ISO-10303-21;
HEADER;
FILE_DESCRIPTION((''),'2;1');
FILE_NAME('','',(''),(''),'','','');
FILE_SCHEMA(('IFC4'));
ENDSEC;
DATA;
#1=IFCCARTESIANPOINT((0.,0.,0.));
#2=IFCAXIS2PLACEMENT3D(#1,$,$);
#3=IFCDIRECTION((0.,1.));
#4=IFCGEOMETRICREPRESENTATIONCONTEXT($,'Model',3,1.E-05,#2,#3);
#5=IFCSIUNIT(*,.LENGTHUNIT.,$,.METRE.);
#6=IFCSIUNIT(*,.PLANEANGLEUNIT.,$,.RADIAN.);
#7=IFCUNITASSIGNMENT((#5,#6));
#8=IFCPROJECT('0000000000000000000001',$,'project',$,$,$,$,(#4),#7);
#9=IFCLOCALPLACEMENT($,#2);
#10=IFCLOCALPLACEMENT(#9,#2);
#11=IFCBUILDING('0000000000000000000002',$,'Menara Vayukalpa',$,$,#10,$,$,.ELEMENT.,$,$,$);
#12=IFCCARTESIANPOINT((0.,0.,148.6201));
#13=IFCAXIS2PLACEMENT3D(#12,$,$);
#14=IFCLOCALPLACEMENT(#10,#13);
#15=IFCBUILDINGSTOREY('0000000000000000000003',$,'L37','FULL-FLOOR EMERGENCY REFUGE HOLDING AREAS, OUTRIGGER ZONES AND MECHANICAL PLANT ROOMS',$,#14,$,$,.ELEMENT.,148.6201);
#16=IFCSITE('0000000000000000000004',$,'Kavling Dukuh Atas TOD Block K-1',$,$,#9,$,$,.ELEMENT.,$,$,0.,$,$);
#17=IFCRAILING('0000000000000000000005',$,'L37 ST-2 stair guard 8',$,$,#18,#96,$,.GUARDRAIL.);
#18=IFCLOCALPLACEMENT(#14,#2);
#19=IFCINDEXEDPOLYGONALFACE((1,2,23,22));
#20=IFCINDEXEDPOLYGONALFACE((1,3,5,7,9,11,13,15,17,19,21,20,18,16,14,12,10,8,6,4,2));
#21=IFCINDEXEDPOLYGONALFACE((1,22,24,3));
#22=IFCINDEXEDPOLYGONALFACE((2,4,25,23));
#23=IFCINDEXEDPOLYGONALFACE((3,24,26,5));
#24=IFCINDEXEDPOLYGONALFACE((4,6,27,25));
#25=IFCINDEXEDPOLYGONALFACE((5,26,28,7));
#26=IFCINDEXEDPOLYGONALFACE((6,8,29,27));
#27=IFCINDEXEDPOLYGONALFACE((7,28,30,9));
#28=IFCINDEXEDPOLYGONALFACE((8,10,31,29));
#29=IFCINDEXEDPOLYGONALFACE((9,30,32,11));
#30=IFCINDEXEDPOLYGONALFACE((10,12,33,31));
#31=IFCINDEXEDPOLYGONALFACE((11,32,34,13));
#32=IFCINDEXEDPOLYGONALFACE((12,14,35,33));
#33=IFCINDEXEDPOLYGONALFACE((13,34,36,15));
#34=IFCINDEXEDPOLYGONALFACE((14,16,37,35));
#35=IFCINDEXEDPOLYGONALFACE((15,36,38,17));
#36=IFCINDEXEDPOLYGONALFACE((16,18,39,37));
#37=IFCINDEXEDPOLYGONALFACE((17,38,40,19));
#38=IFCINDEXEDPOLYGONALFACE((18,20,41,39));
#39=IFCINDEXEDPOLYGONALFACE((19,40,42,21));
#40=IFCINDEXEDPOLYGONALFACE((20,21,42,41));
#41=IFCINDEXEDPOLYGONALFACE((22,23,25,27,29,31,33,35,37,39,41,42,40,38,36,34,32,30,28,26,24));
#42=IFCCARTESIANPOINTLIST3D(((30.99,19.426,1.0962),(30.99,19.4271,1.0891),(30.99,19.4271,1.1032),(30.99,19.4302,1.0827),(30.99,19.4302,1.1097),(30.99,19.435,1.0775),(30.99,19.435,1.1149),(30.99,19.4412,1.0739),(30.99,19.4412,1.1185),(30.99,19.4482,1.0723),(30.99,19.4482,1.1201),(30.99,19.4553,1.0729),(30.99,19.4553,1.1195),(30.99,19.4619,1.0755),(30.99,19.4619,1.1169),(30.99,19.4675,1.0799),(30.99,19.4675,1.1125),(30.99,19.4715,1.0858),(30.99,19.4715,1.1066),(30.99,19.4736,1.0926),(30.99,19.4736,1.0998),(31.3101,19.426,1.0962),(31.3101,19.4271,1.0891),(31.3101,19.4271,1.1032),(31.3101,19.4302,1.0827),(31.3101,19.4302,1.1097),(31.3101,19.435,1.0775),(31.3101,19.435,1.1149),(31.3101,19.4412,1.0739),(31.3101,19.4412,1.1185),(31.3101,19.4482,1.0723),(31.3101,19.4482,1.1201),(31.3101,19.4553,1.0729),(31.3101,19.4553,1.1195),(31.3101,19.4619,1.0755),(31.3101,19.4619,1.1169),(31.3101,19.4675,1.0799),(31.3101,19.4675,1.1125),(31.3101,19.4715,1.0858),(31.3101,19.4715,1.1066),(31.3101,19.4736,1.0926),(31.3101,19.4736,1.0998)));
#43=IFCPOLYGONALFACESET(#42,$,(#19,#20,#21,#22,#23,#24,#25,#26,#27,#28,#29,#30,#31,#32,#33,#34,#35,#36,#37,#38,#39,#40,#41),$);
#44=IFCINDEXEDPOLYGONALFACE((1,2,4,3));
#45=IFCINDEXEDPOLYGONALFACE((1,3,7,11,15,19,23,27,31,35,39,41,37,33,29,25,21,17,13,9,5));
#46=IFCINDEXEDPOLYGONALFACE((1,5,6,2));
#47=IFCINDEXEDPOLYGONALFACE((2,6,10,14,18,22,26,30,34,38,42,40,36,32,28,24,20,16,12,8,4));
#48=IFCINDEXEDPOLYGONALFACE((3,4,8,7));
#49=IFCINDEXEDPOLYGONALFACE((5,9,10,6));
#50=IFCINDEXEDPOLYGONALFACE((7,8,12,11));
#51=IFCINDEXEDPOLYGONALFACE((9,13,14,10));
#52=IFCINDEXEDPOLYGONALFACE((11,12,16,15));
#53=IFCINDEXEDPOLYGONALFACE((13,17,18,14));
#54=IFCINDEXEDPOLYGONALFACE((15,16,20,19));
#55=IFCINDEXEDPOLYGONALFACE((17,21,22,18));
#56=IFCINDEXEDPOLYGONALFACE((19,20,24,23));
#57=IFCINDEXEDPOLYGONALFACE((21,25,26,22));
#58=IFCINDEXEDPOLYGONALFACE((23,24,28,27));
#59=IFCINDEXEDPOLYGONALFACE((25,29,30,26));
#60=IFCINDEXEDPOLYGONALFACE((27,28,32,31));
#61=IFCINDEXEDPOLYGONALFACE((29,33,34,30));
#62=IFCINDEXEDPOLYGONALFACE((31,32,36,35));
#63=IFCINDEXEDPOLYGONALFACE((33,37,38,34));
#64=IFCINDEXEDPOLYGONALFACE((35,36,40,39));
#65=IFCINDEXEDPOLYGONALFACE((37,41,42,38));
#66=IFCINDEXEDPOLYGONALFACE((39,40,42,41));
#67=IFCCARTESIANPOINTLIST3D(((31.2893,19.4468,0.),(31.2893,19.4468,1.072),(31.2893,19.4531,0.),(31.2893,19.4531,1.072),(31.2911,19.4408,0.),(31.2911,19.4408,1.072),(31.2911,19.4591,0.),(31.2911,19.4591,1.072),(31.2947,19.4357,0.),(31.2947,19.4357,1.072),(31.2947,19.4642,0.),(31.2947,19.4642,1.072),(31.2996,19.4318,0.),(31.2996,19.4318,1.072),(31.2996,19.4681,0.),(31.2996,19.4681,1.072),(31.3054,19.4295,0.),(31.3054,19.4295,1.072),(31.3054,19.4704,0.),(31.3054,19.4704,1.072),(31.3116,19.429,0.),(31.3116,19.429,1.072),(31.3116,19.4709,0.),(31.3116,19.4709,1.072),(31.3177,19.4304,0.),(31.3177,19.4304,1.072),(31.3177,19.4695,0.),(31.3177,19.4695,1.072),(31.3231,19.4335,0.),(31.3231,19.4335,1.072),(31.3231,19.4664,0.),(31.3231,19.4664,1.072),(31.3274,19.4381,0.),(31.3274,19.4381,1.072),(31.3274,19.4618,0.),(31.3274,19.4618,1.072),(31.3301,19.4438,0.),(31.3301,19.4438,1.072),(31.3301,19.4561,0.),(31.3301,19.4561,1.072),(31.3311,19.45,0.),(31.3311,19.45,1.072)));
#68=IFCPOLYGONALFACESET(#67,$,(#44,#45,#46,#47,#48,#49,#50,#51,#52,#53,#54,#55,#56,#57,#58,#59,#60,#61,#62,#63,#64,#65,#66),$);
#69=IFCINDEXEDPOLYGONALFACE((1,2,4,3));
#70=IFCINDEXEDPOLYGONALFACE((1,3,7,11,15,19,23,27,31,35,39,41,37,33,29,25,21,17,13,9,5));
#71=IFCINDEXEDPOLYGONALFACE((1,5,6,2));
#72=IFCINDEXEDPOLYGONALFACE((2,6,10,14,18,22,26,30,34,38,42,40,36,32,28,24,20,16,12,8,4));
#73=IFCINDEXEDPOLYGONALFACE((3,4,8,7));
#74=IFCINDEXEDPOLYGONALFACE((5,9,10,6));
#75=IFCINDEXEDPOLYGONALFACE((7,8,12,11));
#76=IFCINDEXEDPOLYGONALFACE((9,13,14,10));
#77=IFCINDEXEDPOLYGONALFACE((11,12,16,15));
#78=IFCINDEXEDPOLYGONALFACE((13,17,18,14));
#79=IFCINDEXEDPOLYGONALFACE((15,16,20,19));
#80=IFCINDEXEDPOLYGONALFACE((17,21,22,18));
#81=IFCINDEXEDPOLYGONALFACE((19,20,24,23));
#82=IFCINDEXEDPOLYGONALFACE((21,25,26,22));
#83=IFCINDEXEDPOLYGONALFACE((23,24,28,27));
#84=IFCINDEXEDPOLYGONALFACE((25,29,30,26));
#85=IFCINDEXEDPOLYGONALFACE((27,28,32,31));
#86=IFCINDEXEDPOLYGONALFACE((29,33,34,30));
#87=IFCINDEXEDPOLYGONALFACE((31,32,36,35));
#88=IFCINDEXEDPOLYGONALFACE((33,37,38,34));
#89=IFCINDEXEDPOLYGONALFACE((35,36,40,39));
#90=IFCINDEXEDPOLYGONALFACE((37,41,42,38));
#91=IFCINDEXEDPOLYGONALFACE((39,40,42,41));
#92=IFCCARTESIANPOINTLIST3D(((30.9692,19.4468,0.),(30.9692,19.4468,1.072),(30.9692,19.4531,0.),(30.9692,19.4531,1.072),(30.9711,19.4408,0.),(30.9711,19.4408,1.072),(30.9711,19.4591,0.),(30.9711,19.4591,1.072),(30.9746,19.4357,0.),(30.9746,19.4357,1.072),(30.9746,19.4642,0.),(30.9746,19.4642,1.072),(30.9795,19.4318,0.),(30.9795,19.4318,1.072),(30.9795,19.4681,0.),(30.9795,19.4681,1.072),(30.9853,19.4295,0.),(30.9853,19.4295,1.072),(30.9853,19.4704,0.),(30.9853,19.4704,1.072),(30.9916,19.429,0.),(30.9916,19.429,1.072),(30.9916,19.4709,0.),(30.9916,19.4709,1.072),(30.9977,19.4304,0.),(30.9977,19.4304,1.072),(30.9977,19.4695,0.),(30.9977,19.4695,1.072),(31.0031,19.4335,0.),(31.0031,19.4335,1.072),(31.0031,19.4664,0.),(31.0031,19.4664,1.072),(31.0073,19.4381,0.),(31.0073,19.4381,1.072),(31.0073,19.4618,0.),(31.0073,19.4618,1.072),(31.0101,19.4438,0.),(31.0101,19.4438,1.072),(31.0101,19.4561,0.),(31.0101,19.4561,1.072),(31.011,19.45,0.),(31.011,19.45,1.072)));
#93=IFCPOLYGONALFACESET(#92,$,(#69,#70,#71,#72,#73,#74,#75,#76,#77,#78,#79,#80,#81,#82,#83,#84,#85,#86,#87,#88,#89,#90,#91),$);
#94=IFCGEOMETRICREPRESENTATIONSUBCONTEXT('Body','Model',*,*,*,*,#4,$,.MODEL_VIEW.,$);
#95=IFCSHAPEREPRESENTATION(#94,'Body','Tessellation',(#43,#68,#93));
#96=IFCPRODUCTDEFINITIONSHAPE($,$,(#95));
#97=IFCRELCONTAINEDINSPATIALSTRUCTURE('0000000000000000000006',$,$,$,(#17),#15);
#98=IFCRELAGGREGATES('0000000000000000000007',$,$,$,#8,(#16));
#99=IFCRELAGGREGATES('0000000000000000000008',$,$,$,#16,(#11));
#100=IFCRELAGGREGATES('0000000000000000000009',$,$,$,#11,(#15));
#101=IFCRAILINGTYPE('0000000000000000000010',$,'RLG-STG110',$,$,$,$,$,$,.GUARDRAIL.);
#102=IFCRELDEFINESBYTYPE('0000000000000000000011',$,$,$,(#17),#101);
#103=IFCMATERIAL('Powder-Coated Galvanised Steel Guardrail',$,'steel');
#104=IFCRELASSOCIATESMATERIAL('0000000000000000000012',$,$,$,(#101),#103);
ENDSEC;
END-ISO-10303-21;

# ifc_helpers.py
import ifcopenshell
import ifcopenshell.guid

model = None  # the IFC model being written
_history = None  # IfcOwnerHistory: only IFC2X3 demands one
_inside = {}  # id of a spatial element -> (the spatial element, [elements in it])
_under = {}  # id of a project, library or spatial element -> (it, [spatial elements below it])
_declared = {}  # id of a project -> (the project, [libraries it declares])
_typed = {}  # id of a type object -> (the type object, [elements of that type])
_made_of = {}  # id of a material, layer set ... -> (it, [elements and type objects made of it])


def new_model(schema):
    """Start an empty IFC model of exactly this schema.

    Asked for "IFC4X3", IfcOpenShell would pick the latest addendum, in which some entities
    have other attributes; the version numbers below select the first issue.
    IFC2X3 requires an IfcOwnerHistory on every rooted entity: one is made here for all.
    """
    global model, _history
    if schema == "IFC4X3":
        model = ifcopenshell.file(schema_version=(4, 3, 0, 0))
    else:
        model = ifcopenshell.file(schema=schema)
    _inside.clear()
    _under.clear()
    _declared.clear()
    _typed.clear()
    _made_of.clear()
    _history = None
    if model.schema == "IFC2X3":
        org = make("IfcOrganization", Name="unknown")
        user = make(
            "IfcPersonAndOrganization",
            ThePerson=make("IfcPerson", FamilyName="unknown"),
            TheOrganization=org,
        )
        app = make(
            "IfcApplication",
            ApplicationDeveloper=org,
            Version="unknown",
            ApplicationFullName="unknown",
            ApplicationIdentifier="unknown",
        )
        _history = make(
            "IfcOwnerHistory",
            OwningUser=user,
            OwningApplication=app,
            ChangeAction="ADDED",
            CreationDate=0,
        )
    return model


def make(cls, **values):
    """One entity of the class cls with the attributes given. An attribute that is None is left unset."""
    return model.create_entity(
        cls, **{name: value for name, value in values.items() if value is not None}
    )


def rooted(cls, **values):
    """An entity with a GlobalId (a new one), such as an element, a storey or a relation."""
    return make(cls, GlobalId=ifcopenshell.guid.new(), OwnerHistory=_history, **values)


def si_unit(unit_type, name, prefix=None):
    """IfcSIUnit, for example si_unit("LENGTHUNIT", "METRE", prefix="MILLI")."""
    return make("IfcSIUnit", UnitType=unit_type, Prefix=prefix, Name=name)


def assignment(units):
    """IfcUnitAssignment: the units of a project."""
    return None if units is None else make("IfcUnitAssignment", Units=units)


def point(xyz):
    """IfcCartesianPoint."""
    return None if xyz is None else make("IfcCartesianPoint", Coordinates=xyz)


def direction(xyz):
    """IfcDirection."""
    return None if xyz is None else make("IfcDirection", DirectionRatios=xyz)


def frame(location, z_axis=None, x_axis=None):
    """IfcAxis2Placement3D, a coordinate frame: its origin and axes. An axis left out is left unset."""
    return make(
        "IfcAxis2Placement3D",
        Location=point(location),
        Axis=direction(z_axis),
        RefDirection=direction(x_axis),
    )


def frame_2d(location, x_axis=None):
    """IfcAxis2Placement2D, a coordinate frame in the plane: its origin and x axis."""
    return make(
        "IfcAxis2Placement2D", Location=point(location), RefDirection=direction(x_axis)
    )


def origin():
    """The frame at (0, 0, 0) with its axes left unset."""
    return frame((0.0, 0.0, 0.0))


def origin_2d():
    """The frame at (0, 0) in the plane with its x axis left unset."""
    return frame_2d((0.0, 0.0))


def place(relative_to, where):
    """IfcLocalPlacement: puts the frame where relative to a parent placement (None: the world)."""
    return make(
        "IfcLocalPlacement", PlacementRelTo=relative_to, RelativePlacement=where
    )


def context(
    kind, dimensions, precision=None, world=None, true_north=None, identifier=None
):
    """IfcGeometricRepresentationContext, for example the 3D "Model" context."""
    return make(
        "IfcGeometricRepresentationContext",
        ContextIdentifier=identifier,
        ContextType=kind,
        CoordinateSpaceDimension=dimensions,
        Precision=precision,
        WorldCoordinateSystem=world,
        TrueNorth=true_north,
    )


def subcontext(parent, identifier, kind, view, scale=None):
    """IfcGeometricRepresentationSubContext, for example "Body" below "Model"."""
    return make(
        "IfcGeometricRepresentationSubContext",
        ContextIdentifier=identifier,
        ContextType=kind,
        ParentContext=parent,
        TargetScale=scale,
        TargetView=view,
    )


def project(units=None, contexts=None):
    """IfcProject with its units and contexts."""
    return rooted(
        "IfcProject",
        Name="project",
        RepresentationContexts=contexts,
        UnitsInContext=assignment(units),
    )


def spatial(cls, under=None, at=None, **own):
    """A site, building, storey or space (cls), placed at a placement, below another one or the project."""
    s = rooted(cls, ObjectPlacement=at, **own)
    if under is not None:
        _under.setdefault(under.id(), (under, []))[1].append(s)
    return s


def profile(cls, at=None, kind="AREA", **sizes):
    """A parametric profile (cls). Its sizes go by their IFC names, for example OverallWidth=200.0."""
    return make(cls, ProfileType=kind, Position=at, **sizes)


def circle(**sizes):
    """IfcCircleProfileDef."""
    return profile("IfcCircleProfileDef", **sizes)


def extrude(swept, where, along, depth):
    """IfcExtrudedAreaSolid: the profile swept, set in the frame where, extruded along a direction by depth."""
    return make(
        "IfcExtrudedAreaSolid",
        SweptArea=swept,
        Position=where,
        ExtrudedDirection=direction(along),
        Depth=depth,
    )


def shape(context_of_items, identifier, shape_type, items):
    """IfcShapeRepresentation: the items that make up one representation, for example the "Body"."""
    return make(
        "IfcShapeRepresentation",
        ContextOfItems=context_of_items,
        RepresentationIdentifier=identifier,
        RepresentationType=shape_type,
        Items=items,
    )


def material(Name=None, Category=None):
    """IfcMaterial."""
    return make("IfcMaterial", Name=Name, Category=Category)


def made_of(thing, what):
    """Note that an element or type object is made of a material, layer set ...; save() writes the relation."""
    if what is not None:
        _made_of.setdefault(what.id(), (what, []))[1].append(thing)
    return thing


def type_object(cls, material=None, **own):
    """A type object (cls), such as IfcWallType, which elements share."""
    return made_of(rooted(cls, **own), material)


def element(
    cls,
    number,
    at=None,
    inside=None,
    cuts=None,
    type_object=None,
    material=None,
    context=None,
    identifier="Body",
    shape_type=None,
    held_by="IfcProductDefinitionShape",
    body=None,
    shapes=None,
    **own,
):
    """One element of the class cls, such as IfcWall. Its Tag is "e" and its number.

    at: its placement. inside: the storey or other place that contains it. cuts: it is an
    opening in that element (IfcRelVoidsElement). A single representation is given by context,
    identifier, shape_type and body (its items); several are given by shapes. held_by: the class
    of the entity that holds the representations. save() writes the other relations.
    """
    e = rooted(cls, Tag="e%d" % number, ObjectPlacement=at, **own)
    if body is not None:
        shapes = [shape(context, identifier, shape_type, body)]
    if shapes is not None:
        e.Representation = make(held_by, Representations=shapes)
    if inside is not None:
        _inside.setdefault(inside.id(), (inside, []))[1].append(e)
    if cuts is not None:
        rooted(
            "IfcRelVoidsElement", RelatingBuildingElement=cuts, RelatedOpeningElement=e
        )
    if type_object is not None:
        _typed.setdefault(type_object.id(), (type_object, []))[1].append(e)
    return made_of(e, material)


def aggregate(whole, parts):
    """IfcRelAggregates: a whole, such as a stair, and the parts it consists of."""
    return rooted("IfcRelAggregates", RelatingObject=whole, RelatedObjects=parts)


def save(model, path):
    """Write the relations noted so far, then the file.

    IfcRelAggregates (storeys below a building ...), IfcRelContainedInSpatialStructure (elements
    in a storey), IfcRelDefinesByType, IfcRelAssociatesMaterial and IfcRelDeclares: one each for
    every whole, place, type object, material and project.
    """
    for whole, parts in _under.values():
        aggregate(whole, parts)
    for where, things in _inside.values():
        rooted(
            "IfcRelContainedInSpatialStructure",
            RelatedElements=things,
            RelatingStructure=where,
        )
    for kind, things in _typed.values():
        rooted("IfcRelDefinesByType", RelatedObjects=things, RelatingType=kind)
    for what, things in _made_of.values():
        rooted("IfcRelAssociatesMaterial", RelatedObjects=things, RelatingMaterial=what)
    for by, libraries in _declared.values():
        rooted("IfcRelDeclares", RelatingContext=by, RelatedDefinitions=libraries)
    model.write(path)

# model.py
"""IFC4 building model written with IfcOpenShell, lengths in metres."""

from ifc_helpers import new_model, si_unit, direction, frame, origin, origin_2d, place, context, subcontext, project, spatial, circle, extrude, material, type_object, element, save


model = new_model("IFC4")

# Units and contexts
model_context = context("Model", 3, precision=1e-05, world=origin(), true_north=direction((0.0, 1.0)))
body_context = subcontext(model_context, "Body", "Model", "MODEL_VIEW")
ifc_project = project(units=[si_unit("LENGTHUNIT", "METRE"), si_unit("PLANEANGLEUNIT", "RADIAN")], contexts=[model_context])

# Site, building, storey
site_placement = place(None, origin())
site = spatial("IfcSite", under=ifc_project, at=site_placement, Name="Kavling Dukuh Atas TOD Block K-1", CompositionType="ELEMENT", RefElevation=0.0)
building_placement = place(site_placement, origin())
building = spatial("IfcBuilding", under=site, at=building_placement, Name="Menara Vayukalpa", CompositionType="ELEMENT")
storey_placement = place(building_placement, frame((0.0, 0.0, 148.6201)))
storey = spatial("IfcBuildingStorey", under=building, at=storey_placement, Name="L37", Description="FULL-FLOOR EMERGENCY REFUGE HOLDING AREAS, OUTRIGGER ZONES AND MECHANICAL PLANT ROOMS", CompositionType="ELEMENT", Elevation=148.6201)

# Railing
ifc_material_1 = material(Name="Powder-Coated Galvanised Steel Guardrail", Category="steel")
railing_type_1 = type_object("IfcRailingType", Name="RLG-STG110", PredefinedType="GUARDRAIL", material=ifc_material_1)
railing_1_placement = place(storey_placement, frame((31.3101, 19.45, 0.0)))
element("IfcRailing", 1, at=railing_1_placement, inside=storey, type_object=railing_type_1, Name="L37 ST-2 stair guard 8", PredefinedType="GUARDRAIL", context=body_context, shape_type="SweptSolid", body=[
    extrude(circle(Radius=0.0239, at=origin_2d()), frame((0.0, 0.0, 1.0962), z_axis=(-1.0, 0.0, 0.0), x_axis=(0.0, -1.0, 0.0)), (0.0, 0.0, 1.0), 0.3201),
    extrude(circle(Radius=0.021, at=origin_2d()), origin(), (0.0, 0.0, 1.0), 1.072),
    extrude(circle(Radius=0.021, at=origin_2d()), frame((-0.3201, 0.0, 0.0)), (0.0, 0.0, 1.0), 1.072),
])

save(model, "model.ifc")
